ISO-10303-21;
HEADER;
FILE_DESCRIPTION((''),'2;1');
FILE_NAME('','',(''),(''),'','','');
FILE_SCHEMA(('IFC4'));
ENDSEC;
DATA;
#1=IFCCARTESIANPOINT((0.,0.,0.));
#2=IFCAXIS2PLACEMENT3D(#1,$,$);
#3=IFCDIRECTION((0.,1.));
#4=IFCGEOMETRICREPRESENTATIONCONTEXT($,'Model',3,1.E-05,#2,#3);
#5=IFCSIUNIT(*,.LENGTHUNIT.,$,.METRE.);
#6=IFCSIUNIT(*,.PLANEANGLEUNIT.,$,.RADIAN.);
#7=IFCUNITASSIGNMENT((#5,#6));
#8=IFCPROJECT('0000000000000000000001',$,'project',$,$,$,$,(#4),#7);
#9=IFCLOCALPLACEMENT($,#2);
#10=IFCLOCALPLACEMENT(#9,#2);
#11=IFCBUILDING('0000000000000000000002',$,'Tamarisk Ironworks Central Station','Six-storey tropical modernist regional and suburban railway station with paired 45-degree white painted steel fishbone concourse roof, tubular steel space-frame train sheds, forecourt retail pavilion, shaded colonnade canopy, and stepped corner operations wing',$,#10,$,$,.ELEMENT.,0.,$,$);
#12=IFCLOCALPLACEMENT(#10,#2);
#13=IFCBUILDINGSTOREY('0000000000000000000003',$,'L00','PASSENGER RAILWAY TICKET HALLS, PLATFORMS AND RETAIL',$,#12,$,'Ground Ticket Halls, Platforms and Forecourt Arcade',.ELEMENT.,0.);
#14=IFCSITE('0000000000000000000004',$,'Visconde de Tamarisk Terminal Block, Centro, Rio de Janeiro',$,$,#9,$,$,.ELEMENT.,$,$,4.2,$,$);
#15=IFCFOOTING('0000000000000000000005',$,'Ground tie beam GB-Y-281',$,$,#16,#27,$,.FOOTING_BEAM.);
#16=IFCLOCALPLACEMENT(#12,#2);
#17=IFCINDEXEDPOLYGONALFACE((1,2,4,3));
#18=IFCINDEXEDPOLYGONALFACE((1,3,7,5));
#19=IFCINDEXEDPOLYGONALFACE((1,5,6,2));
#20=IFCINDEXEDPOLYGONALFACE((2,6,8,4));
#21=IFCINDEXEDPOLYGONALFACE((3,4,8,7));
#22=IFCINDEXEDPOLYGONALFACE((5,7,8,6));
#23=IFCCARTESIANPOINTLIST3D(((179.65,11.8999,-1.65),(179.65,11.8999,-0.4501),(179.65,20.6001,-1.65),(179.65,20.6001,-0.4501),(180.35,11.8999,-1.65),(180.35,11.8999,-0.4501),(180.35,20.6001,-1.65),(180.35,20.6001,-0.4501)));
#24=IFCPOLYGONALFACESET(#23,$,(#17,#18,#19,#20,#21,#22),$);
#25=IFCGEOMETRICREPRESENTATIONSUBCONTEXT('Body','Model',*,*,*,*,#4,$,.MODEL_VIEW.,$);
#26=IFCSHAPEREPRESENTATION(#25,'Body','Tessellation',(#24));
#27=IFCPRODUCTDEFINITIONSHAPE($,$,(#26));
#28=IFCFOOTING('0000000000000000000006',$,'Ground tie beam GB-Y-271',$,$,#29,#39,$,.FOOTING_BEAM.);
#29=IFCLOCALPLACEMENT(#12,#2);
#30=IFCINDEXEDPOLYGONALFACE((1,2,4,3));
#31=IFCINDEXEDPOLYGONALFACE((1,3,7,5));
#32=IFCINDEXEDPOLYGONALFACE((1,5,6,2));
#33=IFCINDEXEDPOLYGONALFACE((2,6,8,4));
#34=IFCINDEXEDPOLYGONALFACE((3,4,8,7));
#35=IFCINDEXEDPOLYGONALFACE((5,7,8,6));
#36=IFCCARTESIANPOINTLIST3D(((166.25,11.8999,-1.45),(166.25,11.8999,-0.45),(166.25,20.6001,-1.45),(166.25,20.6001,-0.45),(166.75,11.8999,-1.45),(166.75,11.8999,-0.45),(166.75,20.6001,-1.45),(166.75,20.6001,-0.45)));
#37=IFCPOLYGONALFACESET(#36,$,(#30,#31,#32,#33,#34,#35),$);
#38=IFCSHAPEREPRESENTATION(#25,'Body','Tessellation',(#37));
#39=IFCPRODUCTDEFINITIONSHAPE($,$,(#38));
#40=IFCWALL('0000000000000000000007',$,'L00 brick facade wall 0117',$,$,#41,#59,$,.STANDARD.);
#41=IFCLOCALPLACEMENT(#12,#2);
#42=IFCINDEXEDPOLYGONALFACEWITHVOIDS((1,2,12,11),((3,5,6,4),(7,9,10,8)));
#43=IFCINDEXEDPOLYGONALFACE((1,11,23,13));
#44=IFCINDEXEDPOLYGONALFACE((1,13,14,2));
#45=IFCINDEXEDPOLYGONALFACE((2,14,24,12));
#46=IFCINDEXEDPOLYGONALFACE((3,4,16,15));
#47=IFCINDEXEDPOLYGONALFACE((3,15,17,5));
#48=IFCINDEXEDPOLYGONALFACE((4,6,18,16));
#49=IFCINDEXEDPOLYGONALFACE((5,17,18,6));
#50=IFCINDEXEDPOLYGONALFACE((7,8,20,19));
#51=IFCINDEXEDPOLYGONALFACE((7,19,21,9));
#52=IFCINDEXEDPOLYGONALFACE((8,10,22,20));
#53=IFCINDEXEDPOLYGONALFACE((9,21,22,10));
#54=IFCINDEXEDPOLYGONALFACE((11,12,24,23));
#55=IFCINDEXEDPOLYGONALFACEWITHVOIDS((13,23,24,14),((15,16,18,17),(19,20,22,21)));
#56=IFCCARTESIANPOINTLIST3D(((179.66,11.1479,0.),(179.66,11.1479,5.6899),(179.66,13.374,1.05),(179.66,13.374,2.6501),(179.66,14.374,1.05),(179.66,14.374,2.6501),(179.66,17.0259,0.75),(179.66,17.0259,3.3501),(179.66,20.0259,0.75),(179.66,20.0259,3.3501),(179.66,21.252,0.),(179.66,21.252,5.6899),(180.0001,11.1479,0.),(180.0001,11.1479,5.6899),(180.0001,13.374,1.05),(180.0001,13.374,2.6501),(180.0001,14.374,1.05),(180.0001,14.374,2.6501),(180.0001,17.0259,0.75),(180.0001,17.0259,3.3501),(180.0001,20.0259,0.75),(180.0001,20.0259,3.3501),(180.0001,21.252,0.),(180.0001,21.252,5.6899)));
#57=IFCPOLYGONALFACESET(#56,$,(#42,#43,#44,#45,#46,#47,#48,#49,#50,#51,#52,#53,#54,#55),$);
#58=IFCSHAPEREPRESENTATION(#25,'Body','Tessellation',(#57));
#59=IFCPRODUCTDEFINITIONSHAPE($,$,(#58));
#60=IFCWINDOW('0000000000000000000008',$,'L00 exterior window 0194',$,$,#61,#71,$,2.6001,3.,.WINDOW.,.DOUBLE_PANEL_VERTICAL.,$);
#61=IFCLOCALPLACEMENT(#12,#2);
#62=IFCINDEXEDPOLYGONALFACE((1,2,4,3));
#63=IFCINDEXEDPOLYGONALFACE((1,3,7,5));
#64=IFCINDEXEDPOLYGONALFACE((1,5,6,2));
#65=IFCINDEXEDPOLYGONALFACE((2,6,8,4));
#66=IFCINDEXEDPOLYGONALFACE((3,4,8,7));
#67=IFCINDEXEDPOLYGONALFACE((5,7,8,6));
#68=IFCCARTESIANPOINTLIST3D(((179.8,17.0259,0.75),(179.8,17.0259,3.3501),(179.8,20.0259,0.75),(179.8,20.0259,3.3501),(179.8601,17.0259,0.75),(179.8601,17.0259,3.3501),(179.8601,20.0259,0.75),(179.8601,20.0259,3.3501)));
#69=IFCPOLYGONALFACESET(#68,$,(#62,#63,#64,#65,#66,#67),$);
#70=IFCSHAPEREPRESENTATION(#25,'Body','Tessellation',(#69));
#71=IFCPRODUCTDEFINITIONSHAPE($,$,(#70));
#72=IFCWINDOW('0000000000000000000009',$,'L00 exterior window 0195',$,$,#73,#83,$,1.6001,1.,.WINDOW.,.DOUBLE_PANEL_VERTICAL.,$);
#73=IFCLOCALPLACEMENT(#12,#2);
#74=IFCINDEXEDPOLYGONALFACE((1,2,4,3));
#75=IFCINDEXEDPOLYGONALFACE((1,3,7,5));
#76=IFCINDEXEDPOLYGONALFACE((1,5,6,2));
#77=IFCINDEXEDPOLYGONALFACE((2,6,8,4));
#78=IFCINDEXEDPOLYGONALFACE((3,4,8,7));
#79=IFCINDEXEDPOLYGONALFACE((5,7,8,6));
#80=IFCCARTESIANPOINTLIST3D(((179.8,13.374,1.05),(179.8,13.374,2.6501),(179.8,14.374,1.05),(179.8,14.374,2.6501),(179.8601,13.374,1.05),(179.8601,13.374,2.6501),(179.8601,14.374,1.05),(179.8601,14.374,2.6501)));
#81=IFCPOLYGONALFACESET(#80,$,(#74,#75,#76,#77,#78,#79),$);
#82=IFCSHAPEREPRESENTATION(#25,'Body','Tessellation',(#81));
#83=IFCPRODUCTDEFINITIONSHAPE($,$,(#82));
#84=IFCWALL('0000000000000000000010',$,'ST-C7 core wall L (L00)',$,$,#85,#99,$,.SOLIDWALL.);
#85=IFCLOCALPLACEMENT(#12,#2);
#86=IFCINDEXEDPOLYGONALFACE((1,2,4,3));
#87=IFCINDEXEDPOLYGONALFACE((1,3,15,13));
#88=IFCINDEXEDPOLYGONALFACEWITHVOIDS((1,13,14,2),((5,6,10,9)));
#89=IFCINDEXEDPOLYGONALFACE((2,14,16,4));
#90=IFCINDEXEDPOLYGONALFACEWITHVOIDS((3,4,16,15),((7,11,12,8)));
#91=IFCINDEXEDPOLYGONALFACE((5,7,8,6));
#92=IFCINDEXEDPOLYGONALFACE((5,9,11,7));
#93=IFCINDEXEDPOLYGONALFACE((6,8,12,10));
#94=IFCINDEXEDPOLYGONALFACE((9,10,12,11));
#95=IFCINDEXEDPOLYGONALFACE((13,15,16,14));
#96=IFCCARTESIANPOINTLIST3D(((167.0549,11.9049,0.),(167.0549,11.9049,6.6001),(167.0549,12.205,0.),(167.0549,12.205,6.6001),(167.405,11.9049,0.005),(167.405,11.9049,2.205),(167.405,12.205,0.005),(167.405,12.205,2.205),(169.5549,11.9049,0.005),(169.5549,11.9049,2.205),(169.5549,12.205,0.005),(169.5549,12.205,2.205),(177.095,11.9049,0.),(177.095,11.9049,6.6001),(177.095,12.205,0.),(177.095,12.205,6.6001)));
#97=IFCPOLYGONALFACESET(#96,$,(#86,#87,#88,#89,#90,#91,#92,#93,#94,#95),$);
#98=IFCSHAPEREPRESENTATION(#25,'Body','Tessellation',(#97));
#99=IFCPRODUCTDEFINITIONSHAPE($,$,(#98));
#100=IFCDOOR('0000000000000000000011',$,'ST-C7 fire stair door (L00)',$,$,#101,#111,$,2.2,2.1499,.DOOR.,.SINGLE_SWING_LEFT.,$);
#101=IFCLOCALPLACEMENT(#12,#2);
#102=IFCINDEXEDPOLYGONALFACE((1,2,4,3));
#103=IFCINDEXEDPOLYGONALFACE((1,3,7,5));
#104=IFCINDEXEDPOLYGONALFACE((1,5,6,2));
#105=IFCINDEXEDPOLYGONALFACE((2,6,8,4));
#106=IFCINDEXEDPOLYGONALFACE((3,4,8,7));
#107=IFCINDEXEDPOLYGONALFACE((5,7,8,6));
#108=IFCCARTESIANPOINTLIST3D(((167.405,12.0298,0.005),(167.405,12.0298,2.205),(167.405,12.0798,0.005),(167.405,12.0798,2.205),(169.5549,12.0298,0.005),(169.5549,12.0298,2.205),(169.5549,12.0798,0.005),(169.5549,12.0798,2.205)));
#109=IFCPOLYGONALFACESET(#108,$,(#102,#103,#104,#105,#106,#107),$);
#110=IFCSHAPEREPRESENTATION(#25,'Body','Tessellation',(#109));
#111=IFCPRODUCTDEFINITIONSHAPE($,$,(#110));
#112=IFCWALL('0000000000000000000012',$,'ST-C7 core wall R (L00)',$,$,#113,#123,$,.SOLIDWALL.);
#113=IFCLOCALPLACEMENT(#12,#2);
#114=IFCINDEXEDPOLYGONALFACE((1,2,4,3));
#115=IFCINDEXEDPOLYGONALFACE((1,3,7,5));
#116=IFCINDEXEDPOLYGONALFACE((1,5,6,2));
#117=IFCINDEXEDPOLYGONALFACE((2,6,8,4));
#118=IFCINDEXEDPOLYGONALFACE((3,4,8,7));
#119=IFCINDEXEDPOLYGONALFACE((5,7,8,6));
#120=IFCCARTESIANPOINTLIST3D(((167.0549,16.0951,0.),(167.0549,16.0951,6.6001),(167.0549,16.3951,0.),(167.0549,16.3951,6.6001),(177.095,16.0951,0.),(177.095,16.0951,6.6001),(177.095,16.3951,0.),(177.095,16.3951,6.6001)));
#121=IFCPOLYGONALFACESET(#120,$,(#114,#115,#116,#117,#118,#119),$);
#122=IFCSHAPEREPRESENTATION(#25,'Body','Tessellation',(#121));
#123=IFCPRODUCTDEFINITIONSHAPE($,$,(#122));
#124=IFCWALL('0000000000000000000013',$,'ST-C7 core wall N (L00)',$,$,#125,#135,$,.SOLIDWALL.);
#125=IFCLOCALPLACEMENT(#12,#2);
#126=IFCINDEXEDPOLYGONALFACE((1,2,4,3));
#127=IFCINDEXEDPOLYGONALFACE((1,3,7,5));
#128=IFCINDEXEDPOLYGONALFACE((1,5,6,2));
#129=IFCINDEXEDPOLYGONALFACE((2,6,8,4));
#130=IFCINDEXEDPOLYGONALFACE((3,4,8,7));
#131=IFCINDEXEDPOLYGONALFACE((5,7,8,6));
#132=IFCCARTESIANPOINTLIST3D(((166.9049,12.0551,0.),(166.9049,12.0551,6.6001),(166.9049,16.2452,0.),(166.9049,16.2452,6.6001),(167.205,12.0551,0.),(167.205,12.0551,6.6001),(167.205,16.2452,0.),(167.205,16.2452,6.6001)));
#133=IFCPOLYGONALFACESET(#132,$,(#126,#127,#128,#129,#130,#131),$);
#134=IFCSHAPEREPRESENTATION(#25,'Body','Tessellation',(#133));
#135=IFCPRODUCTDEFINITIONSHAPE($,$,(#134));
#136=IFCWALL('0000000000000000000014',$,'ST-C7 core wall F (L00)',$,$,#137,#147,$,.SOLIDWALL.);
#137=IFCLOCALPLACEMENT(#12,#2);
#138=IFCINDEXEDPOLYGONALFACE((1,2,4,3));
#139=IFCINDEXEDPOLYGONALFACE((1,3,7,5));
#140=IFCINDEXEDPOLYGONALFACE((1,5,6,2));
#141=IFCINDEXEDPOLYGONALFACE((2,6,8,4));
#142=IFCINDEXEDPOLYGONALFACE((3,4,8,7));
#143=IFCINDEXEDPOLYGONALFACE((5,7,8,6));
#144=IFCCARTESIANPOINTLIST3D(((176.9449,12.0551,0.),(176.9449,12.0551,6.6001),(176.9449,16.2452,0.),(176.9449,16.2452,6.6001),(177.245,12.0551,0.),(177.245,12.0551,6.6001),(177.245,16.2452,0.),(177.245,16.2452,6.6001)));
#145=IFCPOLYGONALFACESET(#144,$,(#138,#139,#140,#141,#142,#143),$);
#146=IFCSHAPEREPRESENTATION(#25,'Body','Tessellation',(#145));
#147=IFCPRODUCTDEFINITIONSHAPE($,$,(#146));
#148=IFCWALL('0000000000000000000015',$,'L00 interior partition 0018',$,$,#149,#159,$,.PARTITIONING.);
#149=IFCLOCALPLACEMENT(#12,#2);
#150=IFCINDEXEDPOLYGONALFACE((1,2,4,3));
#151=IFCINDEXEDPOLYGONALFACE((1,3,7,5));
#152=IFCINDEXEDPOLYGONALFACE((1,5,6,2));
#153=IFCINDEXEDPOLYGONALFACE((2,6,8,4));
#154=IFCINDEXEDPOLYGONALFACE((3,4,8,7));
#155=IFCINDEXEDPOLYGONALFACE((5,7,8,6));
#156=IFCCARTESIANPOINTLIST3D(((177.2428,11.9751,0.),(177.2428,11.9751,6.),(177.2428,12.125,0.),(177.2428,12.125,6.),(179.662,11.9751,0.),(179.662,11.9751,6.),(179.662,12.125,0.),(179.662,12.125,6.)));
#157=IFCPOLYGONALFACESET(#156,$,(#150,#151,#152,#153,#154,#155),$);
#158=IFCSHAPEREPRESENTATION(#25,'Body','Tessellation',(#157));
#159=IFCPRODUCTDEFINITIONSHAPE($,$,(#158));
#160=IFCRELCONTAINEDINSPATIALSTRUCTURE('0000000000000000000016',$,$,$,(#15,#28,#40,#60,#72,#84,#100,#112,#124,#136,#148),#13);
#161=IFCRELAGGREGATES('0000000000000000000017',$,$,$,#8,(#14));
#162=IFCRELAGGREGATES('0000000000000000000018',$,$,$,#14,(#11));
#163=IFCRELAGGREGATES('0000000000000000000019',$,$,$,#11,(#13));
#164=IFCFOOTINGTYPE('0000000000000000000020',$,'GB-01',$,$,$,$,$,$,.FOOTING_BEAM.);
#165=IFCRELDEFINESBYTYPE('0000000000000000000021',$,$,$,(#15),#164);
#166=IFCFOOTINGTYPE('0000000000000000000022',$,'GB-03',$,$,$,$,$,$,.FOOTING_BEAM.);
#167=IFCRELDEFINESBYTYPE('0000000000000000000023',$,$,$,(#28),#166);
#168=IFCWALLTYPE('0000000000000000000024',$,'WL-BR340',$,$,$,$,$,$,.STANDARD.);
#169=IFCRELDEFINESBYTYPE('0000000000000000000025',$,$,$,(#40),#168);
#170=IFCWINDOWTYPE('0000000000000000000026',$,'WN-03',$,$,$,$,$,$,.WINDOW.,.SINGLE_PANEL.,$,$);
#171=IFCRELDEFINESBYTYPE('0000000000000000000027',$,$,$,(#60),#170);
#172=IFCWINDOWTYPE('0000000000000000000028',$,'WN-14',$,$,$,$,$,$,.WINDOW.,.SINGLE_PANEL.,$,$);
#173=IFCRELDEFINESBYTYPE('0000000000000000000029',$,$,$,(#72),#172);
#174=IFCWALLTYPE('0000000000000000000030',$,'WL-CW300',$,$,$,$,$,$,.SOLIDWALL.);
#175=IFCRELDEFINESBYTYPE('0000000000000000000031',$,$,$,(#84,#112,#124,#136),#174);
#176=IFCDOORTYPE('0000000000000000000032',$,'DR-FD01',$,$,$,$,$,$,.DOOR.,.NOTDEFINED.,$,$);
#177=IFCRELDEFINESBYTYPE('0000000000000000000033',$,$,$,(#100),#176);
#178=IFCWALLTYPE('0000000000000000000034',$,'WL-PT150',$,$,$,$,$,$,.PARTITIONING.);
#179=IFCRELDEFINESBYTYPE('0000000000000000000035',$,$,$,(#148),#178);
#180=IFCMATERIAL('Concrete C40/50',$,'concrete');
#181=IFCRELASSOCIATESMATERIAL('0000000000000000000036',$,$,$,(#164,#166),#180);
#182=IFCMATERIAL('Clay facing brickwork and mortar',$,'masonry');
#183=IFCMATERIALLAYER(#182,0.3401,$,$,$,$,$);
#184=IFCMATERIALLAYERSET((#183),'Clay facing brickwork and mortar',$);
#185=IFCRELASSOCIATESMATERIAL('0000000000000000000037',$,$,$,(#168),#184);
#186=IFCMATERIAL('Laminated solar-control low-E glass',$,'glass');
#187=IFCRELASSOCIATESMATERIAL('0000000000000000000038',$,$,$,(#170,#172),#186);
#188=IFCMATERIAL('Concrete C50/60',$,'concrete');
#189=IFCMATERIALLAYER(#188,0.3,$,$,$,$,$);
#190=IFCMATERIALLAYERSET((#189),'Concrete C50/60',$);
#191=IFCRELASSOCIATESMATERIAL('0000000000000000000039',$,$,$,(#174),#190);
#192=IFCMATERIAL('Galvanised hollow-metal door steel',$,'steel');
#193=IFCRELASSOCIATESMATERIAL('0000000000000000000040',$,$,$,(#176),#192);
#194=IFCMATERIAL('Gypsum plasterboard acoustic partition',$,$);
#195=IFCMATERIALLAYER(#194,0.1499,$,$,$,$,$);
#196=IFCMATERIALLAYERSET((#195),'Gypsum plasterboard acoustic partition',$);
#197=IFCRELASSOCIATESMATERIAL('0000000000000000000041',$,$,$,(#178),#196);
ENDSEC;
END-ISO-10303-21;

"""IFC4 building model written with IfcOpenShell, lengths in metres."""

from ifc_helpers import new_model, si_unit, direction, frame, frame_2d, origin, origin_2d, place, context, subcontext, project, spatial, rectangle, extrude, material, layer, layer_set, material_profile, profile_set, type_object, element, fill, save


model = new_model("IFC4")

# Units and contexts
model_context = context("Model", 3, precision=1e-05, world=origin(), true_north=direction((0.0, 1.0)))
body_context = subcontext(model_context, "Body", "Model", "MODEL_VIEW")
ifc_project = project(units=[si_unit("LENGTHUNIT", "METRE"), si_unit("PLANEANGLEUNIT", "RADIAN")], contexts=[model_context])

# Site, building, storey
site_placement = place(None, origin())
site = spatial("IfcSite", under=ifc_project, at=site_placement, Name="Visconde de Tamarisk Terminal Block, Centro, Rio de Janeiro", CompositionType="ELEMENT", RefElevation=4.2)
building_placement = place(site_placement, origin())
building = spatial("IfcBuilding", under=site, at=building_placement, Name="Tamarisk Ironworks Central Station", Description="Six-storey tropical modernist regional and suburban railway station with paired 45-degree white painted steel fishbone concourse roof, tubular steel space-frame train sheds, forecourt retail pavilion, shaded colonnade canopy, and stepped corner operations wing", CompositionType="ELEMENT", ElevationOfRefHeight=0.0)
storey_placement = place(building_placement, origin())
storey = spatial("IfcBuildingStorey", under=building, at=storey_placement, Name="L00", Description="PASSENGER RAILWAY TICKET HALLS, PLATFORMS AND RETAIL", LongName="Ground Ticket Halls, Platforms and Forecourt Arcade", CompositionType="ELEMENT", Elevation=0.0)

# Footings
ifc_material_1 = material(Name="Concrete C40/50", Category="concrete")
ifc_material_profile_1 = material_profile(ifc_material_1, rectangle(XDim=0.7, YDim=1.2, at=origin_2d()), Name="GB01 700x1200")
ifc_profile_set_1 = profile_set([ifc_material_profile_1], Name="Concrete C40/50")
footing_type_1 = type_object("IfcFootingType", Name="GB-01", PredefinedType="FOOTING_BEAM", material=ifc_profile_set_1)
footing_1_placement = place(storey_placement, frame((180.0, 11.8999, -1.05), z_axis=(0.0, 1.0, 0.0), x_axis=(-1.0, 0.0, 0.0)))
element("IfcFooting", 1, at=footing_1_placement, inside=storey, type_object=footing_type_1, Name="Ground tie beam GB-Y-281", PredefinedType="FOOTING_BEAM", context=body_context, shape_type="SweptSolid", body=[
    extrude(rectangle(XDim=0.7, YDim=1.2, at=origin_2d()), origin(), (0.0, 0.0, 1.0), 8.7002),
])
ifc_material_profile_2 = material_profile(ifc_material_1, rectangle(XDim=0.5, YDim=1.0, at=origin_2d()), Name="GB03 500x1000")
ifc_profile_set_2 = profile_set([ifc_material_profile_2], Name="Concrete C40/50")
footing_type_2 = type_object("IfcFootingType", Name="GB-03", PredefinedType="FOOTING_BEAM", material=ifc_profile_set_2)
footing_2_placement = place(storey_placement, frame((166.5, 11.8999, -0.95), z_axis=(0.0, 1.0, 0.0), x_axis=(-1.0, 0.0, 0.0)))
element("IfcFooting", 2, at=footing_2_placement, inside=storey, type_object=footing_type_2, Name="Ground tie beam GB-Y-271", PredefinedType="FOOTING_BEAM", context=body_context, shape_type="SweptSolid", body=[
    extrude(rectangle(XDim=0.5, YDim=1.0, at=origin_2d()), origin(), (0.0, 0.0, 1.0), 8.7002),
])

# Wall, openings, windows
ifc_material_2 = material(Name="Clay facing brickwork and mortar", Category="masonry")
ifc_layer_1 = layer(ifc_material_2, 0.3401)
ifc_layer_set_1 = layer_set([ifc_layer_1], Name="Clay facing brickwork and mortar")
wall_type_1 = type_object("IfcWallType", Name="WL-BR340", PredefinedType="STANDARD", material=ifc_layer_set_1)
wall_1_placement = place(storey_placement, frame((179.8301, 21.252, 0.0), z_axis=(0.0, 0.0, 1.0), x_axis=(0.0, -1.0, 0.0)))
wall_1 = element("IfcWall", 3, at=wall_1_placement, inside=storey, type_object=wall_type_1, Name="L00 brick facade wall 0117", PredefinedType="STANDARD", context=body_context, shape_type="SweptSolid", body=[
    extrude(rectangle(XDim=10.104, YDim=0.3401, at=frame_2d((5.052, 0.0))), origin(), (0.0, 0.0, 1.0), 5.6899),
])
opening_1_placement = place(wall_1_placement, frame((1.2261, 0.0, 0.75)))
opening_1 = element("IfcOpeningElement", 4, at=opening_1_placement, cuts=wall_1, PredefinedType="OPENING", context=body_context, shape_type="SweptSolid", body=[
    extrude(rectangle(XDim=3.0, YDim=2.6001, at=frame_2d((1.5, 1.3))), frame((0.0, 0.1821, 0.0), z_axis=(0.0, -1.0, 0.0), x_axis=(1.0, 0.0, 0.0)), (0.0, 0.0, 1.0), 0.364),
])
opening_2_placement = place(wall_1_placement, frame((6.8779, 0.0, 1.05)))
opening_2 = element("IfcOpeningElement", 5, at=opening_2_placement, cuts=wall_1, PredefinedType="OPENING", context=body_context, shape_type="SweptSolid", body=[
    extrude(rectangle(XDim=1.0, YDim=1.6001, at=frame_2d((0.5, 0.8))), frame((0.0, 0.1821, 0.0), z_axis=(0.0, -1.0, 0.0), x_axis=(1.0, 0.0, 0.0)), (0.0, 0.0, 1.0), 0.364),
])
ifc_material_3 = material(Name="Laminated solar-control low-E glass", Category="glass")
window_type_1 = type_object("IfcWindowType", Name="WN-03", PartitioningType="SINGLE_PANEL", PredefinedType="WINDOW", material=ifc_material_3)
window_1_placement = place(opening_1_placement, origin())
window_1 = element("IfcWindow", 6, at=window_1_placement, inside=storey, type_object=window_type_1, Name="L00 exterior window 0194", OverallHeight=2.6001, OverallWidth=3.0, PartitioningType="DOUBLE_PANEL_VERTICAL", PredefinedType="WINDOW", context=body_context, shape_type="SweptSolid", body=[
    extrude(rectangle(XDim=3.0, YDim=2.6001, at=frame_2d((1.5, 1.3))), frame((0.0, 0.03, 0.0), z_axis=(0.0, -1.0, 0.0), x_axis=(1.0, 0.0, 0.0)), (0.0, 0.0, 1.0), 0.0601),
])
fill(opening_1, window_1)
window_type_2 = type_object("IfcWindowType", Name="WN-14", PartitioningType="SINGLE_PANEL", PredefinedType="WINDOW", material=ifc_material_3)
window_2_placement = place(opening_2_placement, origin())
window_2 = element("IfcWindow", 7, at=window_2_placement, inside=storey, type_object=window_type_2, Name="L00 exterior window 0195", OverallHeight=1.6001, OverallWidth=1.0, PartitioningType="DOUBLE_PANEL_VERTICAL", PredefinedType="WINDOW", context=body_context, shape_type="SweptSolid", body=[
    extrude(rectangle(XDim=1.0, YDim=1.6001, at=frame_2d((0.5, 0.8))), frame((0.0, 0.03, 0.0), z_axis=(0.0, -1.0, 0.0), x_axis=(1.0, 0.0, 0.0)), (0.0, 0.0, 1.0), 0.0601),
])
fill(opening_2, window_2)

# Wall, opening, door
ifc_material_4 = material(Name="Concrete C50/60", Category="concrete")
ifc_layer_2 = layer(ifc_material_4, 0.3)
ifc_layer_set_2 = layer_set([ifc_layer_2], Name="Concrete C50/60")
wall_type_2 = type_object("IfcWallType", Name="WL-CW300", PredefinedType="SOLIDWALL", material=ifc_layer_set_2)
wall_2_placement = place(storey_placement, frame((167.0549, 12.0549, 0.0), z_axis=(0.0, 0.0, 1.0), x_axis=(1.0, 0.0, 0.0)))
wall_2 = element("IfcWall", 8, at=wall_2_placement, inside=storey, type_object=wall_type_2, Name="ST-C7 core wall L (L00)", PredefinedType="SOLIDWALL", context=body_context, shape_type="SweptSolid", body=[
    extrude(rectangle(XDim=10.04, YDim=0.3, at=frame_2d((5.02, 0.0))), origin(), (0.0, 0.0, 1.0), 6.6001),
])
opening_3_placement = place(wall_2_placement, frame((0.3501, 0.0, 0.0049)))
opening_3 = element("IfcOpeningElement", 9, at=opening_3_placement, cuts=wall_2, PredefinedType="OPENING", context=body_context, shape_type="SweptSolid", body=[
    extrude(rectangle(XDim=2.1499, YDim=2.2, at=frame_2d((1.075, 1.1001))), frame((0.0, 0.1621, 0.0), z_axis=(0.0, -1.0, 0.0), x_axis=(1.0, 0.0, 0.0)), (0.0, 0.0, 1.0), 0.324),
])
ifc_material_5 = material(Name="Galvanised hollow-metal door steel", Category="steel")
door_type = type_object("IfcDoorType", Name="DR-FD01", OperationType="NOTDEFINED", PredefinedType="DOOR", material=ifc_material_5)
door_placement = place(opening_3_placement, origin())
door = element("IfcDoor", 10, at=door_placement, inside=storey, type_object=door_type, Name="ST-C7 fire stair door (L00)", OperationType="SINGLE_SWING_LEFT", OverallHeight=2.2, OverallWidth=2.1499, PredefinedType="DOOR", context=body_context, shape_type="SweptSolid", body=[
    extrude(rectangle(XDim=2.1499, YDim=2.2, at=frame_2d((1.075, 1.1001))), frame((0.0, 0.0249, 0.0), z_axis=(0.0, -1.0, 0.0), x_axis=(1.0, 0.0, 0.0)), (0.0, 0.0, 1.0), 0.05),
])
fill(opening_3, door)

# Walls
wall_3_placement = place(storey_placement, frame((167.0549, 16.2451, 0.0), z_axis=(0.0, 0.0, 1.0), x_axis=(1.0, 0.0, 0.0)))
element("IfcWall", 11, at=wall_3_placement, inside=storey, type_object=wall_type_2, Name="ST-C7 core wall R (L00)", PredefinedType="SOLIDWALL", context=body_context, shape_type="SweptSolid", body=[
    extrude(rectangle(XDim=10.04, YDim=0.3, at=frame_2d((5.02, 0.0))), origin(), (0.0, 0.0, 1.0), 6.6001),
])
for number, where, z_axis, x_axis, name in (
    (12, (167.0549, 12.0549, 0.0), (0.0, 0.0, 1.0), (0.0, 1.0, 0.0), "ST-C7 core wall N (L00)"),
    (13, (177.095, 12.0549, 0.0), (0.0, 0.0, 1.0), (0.0, 1.0, 0.0), "ST-C7 core wall F (L00)"),
):
    element("IfcWall", number, at=place(storey_placement, frame(where, z_axis=z_axis, x_axis=x_axis)), inside=storey, type_object=wall_type_2, Name=name, PredefinedType="SOLIDWALL", context=body_context, shape_type="SweptSolid", body=[
        extrude(rectangle(XDim=4.1902, YDim=0.3, at=frame_2d((2.0952, 0.0))), origin(), (0.0, 0.0, 1.0), 6.6001),
    ])
ifc_material_6 = material(Name="Gypsum plasterboard acoustic partition")
ifc_layer_3 = layer(ifc_material_6, 0.1499)
ifc_layer_set_3 = layer_set([ifc_layer_3], Name="Gypsum plasterboard acoustic partition")
wall_type_3 = type_object("IfcWallType", Name="WL-PT150", PredefinedType="PARTITIONING", material=ifc_layer_set_3)
wall_4_placement = place(storey_placement, frame((177.2429, 12.05, 0.0), z_axis=(0.0, 0.0, 1.0), x_axis=(1.0, 0.0, 0.0)))
element("IfcWall", 14, at=wall_4_placement, inside=storey, type_object=wall_type_3, Name="L00 interior partition 0018", PredefinedType="PARTITIONING", context=body_context, shape_type="SweptSolid", body=[
    extrude(rectangle(XDim=2.4192, YDim=0.1499, at=frame_2d((1.2095, 0.0))), origin(), (0.0, 0.0, 1.0), 6.0),
])

save(model, "model.ifc")
